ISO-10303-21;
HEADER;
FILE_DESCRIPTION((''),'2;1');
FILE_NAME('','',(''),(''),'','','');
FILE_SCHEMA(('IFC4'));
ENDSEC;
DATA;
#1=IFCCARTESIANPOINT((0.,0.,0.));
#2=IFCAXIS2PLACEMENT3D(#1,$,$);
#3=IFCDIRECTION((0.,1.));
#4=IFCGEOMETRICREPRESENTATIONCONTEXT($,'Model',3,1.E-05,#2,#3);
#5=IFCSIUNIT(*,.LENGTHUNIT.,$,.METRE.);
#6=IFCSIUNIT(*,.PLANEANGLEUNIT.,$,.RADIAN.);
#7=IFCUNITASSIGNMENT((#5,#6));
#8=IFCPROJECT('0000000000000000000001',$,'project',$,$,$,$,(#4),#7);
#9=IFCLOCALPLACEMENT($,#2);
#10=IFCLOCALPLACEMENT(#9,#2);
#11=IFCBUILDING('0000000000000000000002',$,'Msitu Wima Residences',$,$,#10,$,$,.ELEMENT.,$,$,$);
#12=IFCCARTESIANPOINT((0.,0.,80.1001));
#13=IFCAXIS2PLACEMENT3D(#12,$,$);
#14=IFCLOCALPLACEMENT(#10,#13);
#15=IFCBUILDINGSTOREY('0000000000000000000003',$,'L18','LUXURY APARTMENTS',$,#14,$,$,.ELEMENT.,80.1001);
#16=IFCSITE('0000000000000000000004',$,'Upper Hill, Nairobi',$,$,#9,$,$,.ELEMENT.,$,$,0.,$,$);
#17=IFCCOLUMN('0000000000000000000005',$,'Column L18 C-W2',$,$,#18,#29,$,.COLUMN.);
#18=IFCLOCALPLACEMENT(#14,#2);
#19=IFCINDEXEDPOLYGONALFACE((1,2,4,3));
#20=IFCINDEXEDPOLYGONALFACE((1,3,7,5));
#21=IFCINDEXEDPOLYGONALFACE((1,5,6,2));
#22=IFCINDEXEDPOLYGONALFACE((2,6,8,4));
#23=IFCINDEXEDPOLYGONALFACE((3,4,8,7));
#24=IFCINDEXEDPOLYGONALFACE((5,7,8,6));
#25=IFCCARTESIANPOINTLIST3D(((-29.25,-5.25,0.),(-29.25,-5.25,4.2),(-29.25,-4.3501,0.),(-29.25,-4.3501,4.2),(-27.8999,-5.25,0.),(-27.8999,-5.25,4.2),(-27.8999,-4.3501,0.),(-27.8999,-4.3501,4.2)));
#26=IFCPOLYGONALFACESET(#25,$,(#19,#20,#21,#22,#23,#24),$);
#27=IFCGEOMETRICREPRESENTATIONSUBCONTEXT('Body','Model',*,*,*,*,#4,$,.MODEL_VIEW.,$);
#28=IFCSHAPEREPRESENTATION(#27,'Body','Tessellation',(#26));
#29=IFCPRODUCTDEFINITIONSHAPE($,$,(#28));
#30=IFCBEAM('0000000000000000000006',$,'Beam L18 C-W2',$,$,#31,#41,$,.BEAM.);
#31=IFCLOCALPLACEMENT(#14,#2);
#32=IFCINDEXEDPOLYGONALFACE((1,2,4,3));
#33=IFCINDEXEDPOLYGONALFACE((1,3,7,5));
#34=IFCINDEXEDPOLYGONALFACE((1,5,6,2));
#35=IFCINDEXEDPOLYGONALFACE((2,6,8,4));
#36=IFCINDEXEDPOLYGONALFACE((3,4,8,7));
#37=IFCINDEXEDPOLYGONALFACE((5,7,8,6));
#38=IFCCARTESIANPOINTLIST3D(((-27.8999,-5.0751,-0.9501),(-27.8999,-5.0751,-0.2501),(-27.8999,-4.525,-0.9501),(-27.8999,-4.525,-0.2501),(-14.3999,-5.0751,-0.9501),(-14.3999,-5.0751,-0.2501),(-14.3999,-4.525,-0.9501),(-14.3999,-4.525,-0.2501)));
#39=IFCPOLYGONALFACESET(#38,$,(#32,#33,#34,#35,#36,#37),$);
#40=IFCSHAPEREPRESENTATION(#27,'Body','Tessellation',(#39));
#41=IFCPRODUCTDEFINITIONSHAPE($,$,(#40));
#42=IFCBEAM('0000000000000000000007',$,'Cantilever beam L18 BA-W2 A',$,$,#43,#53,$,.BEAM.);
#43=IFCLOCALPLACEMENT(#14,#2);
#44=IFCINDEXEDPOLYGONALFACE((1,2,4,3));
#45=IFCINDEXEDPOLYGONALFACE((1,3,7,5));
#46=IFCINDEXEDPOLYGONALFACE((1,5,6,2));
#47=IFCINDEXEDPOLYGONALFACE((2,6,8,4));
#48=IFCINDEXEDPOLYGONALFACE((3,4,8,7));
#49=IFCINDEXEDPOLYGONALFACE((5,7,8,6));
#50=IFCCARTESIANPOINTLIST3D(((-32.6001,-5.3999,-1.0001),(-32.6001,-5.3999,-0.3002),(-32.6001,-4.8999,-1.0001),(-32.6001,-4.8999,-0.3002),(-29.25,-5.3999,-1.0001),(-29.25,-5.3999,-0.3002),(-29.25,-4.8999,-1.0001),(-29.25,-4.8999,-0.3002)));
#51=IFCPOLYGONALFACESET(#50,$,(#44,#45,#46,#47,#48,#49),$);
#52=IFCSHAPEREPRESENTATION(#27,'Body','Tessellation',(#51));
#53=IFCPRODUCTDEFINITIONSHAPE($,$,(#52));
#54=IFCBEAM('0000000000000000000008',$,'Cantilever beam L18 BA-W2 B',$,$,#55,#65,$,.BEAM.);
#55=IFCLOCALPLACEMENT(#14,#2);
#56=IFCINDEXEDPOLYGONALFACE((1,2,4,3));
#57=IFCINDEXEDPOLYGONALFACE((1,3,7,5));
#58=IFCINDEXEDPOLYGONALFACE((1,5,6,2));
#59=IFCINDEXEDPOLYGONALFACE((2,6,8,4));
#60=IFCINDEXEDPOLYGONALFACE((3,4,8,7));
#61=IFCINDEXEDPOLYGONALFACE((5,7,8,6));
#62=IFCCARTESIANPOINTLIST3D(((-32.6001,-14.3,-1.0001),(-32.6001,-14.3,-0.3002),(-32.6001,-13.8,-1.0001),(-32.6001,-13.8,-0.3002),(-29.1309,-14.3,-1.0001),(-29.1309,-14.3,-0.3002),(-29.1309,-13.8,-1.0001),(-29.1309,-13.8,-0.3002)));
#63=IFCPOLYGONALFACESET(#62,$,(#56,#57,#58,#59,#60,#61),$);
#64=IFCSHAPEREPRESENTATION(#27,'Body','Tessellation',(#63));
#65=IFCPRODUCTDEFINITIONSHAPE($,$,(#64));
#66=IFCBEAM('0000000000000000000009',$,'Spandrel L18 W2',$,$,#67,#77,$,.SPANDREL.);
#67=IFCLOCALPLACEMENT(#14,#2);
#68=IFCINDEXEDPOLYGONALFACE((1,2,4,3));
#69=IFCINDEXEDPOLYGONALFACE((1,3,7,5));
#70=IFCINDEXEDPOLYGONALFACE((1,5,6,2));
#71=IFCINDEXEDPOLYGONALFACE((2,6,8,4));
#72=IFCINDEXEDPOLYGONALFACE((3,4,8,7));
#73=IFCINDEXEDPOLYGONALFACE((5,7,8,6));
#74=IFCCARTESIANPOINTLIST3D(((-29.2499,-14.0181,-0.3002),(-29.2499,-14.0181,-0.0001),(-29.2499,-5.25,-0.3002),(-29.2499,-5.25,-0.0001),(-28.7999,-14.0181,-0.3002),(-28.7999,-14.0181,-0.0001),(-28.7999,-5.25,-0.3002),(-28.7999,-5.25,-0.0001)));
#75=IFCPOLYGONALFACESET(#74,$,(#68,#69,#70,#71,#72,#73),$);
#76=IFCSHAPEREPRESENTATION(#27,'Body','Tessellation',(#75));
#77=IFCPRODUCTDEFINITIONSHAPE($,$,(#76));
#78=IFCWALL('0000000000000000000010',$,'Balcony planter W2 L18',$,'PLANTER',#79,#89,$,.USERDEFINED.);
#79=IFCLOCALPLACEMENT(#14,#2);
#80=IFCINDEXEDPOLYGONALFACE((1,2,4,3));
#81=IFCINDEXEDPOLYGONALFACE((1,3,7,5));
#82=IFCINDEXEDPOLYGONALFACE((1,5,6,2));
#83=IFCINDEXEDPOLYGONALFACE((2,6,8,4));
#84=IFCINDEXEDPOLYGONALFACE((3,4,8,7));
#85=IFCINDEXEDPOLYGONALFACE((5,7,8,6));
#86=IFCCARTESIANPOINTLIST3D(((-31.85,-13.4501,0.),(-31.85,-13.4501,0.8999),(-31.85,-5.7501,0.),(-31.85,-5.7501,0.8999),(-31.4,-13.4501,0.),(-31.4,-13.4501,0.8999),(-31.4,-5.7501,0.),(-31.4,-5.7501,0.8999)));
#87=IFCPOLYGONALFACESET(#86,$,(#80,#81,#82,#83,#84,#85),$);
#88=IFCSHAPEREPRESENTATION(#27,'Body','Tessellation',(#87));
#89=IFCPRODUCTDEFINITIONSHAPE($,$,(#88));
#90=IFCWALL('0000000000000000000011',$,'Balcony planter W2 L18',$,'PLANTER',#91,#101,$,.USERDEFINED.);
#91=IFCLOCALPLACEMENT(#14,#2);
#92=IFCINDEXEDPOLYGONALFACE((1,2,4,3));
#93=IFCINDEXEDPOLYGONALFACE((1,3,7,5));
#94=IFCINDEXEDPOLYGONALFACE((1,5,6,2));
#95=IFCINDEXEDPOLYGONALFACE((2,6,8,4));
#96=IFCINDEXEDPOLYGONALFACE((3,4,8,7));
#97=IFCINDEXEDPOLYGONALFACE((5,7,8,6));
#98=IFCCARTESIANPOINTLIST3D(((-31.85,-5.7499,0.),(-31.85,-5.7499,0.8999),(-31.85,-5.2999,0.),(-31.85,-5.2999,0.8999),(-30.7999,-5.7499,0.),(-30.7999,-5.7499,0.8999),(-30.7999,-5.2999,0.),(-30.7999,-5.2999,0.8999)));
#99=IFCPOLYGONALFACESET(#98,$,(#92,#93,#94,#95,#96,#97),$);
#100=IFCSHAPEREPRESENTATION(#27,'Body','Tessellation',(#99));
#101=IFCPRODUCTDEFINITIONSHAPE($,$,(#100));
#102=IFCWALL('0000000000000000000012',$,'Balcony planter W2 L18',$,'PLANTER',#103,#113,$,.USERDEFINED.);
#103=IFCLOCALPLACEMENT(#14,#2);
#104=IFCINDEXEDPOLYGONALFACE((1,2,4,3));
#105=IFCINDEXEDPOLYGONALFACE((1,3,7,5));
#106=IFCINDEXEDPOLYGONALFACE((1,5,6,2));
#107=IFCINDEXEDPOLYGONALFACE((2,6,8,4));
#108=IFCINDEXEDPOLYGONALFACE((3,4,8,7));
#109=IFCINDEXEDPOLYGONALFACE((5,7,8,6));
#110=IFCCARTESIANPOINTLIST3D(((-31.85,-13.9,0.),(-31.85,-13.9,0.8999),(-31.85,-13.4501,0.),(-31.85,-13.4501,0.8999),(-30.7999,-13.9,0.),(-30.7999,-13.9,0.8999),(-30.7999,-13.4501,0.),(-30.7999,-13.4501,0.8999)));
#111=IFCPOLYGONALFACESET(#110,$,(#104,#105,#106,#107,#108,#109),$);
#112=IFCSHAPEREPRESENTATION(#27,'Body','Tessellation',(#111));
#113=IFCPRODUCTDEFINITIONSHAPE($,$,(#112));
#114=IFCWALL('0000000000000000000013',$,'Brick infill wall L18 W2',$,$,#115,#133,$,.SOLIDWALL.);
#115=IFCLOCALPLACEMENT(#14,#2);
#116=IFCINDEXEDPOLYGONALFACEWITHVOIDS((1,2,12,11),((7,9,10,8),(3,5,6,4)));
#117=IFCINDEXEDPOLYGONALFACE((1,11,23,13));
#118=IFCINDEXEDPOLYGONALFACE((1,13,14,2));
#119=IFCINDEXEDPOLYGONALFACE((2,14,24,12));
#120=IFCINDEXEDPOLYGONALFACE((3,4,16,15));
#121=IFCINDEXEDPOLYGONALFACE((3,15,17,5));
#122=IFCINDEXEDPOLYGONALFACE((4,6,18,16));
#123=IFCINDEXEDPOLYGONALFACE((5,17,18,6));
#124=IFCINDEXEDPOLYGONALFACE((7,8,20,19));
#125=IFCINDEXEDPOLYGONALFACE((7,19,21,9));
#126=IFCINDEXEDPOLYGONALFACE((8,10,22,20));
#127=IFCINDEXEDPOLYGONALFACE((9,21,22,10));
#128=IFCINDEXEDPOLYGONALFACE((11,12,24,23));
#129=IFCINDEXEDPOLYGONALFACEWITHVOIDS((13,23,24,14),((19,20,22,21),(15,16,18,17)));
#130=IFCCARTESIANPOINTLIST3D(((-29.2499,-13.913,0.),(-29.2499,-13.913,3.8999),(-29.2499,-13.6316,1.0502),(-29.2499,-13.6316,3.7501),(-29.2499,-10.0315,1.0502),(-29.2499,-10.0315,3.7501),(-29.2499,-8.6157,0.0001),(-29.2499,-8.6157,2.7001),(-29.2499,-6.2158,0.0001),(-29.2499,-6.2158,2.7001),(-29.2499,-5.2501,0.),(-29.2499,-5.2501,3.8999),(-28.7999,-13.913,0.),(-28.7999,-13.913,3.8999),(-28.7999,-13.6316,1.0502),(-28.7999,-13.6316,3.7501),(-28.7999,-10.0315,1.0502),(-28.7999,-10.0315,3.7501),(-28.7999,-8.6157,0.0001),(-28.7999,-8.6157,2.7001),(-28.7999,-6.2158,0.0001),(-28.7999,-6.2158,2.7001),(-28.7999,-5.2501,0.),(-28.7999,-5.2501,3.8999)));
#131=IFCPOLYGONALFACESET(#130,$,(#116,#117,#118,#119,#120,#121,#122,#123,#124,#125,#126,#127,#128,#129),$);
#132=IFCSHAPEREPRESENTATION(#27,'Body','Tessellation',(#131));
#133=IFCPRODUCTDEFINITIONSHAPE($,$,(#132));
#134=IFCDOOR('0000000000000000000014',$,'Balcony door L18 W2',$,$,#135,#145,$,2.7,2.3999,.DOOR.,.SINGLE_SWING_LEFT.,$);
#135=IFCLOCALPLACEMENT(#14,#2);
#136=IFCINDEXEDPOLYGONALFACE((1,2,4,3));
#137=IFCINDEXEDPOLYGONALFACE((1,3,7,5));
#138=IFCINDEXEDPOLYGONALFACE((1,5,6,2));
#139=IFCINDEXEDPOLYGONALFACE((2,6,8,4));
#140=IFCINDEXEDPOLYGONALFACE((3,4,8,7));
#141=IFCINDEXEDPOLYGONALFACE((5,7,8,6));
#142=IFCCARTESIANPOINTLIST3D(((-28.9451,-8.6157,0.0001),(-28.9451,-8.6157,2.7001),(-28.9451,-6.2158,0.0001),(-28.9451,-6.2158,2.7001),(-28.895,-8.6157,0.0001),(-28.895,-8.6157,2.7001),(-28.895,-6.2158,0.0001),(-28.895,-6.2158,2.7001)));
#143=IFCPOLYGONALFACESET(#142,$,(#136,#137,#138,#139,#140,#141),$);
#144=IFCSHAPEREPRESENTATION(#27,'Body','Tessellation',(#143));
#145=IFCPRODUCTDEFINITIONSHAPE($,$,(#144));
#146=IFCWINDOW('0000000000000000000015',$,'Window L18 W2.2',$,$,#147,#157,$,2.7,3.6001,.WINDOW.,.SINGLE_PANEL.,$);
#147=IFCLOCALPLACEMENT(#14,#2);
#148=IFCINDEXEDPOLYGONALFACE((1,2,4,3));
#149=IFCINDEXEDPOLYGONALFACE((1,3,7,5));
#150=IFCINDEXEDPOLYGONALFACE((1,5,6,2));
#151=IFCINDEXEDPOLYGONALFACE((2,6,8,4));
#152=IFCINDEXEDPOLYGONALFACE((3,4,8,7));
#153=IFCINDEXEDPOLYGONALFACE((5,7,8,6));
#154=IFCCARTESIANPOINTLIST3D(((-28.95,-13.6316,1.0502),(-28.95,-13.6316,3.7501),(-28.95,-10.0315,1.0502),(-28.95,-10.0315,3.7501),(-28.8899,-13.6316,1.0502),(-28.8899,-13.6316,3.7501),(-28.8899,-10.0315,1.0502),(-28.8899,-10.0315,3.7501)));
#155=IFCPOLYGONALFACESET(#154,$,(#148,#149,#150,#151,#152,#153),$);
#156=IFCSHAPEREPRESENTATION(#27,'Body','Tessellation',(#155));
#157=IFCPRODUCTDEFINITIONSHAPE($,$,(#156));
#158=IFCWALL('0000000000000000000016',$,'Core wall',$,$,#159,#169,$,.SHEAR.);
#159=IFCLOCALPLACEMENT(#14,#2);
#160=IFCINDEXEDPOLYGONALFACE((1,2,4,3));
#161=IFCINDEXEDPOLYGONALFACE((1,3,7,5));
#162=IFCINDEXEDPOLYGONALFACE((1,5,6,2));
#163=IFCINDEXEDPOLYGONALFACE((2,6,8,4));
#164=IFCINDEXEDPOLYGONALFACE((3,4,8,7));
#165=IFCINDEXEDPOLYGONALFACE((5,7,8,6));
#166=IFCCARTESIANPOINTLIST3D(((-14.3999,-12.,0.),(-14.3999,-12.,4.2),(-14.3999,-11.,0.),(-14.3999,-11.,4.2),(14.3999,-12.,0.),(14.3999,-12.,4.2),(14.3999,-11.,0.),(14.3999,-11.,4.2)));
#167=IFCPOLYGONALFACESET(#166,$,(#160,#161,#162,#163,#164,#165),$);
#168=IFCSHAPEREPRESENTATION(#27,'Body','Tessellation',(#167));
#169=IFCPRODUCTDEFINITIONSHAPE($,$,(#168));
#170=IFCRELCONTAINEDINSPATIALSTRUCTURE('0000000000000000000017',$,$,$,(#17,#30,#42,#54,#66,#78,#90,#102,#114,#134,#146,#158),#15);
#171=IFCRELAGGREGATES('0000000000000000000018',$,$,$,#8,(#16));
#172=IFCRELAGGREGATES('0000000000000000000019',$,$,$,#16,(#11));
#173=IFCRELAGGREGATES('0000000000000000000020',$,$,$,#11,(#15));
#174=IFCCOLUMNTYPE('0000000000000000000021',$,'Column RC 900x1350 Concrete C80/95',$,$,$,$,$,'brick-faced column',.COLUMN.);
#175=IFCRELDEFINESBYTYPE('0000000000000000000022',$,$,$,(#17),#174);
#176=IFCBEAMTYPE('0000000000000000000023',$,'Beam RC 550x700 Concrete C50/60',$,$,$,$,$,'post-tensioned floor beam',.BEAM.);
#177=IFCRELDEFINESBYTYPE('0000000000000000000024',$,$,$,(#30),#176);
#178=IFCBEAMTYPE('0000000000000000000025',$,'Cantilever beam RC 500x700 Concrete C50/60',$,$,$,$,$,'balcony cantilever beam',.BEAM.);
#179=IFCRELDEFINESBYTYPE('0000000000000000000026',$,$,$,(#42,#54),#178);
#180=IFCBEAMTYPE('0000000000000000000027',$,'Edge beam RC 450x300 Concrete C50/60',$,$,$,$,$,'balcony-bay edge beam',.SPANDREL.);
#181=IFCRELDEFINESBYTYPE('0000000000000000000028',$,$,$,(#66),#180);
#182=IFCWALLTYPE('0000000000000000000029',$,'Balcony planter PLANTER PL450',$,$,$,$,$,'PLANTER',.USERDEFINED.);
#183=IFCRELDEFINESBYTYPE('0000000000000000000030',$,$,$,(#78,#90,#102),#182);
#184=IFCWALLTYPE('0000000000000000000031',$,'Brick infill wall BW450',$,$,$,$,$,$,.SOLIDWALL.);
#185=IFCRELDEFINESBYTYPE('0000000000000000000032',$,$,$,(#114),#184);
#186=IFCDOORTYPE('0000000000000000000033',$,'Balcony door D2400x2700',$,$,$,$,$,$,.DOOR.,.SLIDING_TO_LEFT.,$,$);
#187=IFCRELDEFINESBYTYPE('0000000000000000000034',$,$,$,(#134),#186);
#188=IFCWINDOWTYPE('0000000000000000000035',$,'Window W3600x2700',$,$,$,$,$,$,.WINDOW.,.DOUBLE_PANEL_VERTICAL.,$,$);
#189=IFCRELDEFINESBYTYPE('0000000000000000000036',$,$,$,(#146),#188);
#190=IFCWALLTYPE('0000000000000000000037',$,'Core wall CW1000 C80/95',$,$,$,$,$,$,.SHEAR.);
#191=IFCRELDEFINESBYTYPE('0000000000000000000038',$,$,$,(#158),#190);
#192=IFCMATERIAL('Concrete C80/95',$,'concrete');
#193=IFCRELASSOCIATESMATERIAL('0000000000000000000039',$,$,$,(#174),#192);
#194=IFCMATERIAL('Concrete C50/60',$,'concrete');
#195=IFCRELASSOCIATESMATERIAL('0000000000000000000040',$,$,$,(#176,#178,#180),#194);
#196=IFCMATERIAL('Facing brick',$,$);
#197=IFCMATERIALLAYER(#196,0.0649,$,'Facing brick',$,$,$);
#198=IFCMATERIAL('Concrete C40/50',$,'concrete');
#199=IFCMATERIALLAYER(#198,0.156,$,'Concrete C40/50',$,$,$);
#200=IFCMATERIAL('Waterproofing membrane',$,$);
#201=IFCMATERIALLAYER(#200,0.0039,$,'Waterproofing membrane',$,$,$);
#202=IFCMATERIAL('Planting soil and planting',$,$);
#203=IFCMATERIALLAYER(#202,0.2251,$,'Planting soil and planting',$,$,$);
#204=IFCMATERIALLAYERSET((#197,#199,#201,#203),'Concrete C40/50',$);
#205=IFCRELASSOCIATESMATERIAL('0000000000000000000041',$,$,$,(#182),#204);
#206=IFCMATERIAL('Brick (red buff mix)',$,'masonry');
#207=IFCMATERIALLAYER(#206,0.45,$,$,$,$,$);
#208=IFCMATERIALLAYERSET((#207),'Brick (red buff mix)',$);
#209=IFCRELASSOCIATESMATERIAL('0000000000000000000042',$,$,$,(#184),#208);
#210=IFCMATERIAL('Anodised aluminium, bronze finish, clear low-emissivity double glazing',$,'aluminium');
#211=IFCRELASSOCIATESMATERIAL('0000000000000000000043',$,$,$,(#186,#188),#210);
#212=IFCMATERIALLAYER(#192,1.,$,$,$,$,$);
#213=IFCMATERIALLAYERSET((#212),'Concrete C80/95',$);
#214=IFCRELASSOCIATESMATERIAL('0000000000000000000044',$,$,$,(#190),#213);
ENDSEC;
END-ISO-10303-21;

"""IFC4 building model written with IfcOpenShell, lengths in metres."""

from ifc_helpers import new_model, si_unit, direction, frame, frame_2d, origin, origin_2d, place, context, subcontext, project, spatial, rectangle, extrude, material, layer, layer_set, material_profile, profile_set, type_object, element, fill, save


model = new_model("IFC4")

# Units and contexts
model_context = context("Model", 3, precision=1e-05, world=origin(), true_north=direction((0.0, 1.0)))
body_context = subcontext(model_context, "Body", "Model", "MODEL_VIEW")
ifc_project = project(units=[si_unit("LENGTHUNIT", "METRE"), si_unit("PLANEANGLEUNIT", "RADIAN")], contexts=[model_context])

# Site, building, storey
site_placement = place(None, origin())
site = spatial("IfcSite", under=ifc_project, at=site_placement, Name="Upper Hill, Nairobi", CompositionType="ELEMENT", RefElevation=0.0)
building_placement = place(site_placement, origin())
building = spatial("IfcBuilding", under=site, at=building_placement, Name="Msitu Wima Residences", CompositionType="ELEMENT")
storey_placement = place(building_placement, frame((0.0, 0.0, 80.1001)))
storey = spatial("IfcBuildingStorey", under=building, at=storey_placement, Name="L18", Description="LUXURY APARTMENTS", CompositionType="ELEMENT", Elevation=80.1001)

# Column
ifc_material_1 = material(Name="Concrete C80/95", Category="concrete")
ifc_material_profile_1 = material_profile(ifc_material_1, rectangle(XDim=0.8999, YDim=1.3501, at=origin_2d()), Name="RC 900x1350")
ifc_profile_set_1 = profile_set([ifc_material_profile_1], Name="Concrete C80/95")
column_type = type_object("IfcColumnType", Name="Column RC 900x1350 Concrete C80/95", ElementType="brick-faced column", PredefinedType="COLUMN", material=ifc_profile_set_1)
column_placement = place(storey_placement, frame((-28.575, -4.8, 0.0), z_axis=(0.0, 0.0, 1.0), x_axis=(0.0, -1.0, 0.0)))
element("IfcColumn", 1, at=column_placement, inside=storey, type_object=column_type, Name="Column L18 C-W2", PredefinedType="COLUMN", context=body_context, shape_type="SweptSolid", body=[
    extrude(rectangle(XDim=0.8999, YDim=1.3501, at=origin_2d()), origin(), (0.0, 0.0, 1.0), 4.2),
])

# Beams
ifc_material_2 = material(Name="Concrete C50/60", Category="concrete")
ifc_material_profile_2 = material_profile(ifc_material_2, rectangle(XDim=0.55, YDim=0.7, at=origin_2d()), Name="RC 550x700")
ifc_profile_set_2 = profile_set([ifc_material_profile_2], Name="Concrete C50/60")
beam_type_1 = type_object("IfcBeamType", Name="Beam RC 550x700 Concrete C50/60", ElementType="post-tensioned floor beam", PredefinedType="BEAM", material=ifc_profile_set_2)
beam_1_placement = place(storey_placement, frame((-27.8999, -4.8, -0.6001), z_axis=(1.0, 0.0, 0.0), x_axis=(0.0, 1.0, 0.0)))
element("IfcBeam", 2, at=beam_1_placement, inside=storey, type_object=beam_type_1, Name="Beam L18 C-W2", PredefinedType="BEAM", context=body_context, shape_type="SweptSolid", body=[
    extrude(rectangle(XDim=0.55, YDim=0.7, at=origin_2d()), origin(), (0.0, 0.0, 1.0), 13.5),
])
ifc_material_profile_3 = material_profile(ifc_material_2, rectangle(XDim=0.5, YDim=0.7, at=origin_2d()), Name="RC 500x700")
ifc_profile_set_3 = profile_set([ifc_material_profile_3], Name="Concrete C50/60")
beam_type_2 = type_object("IfcBeamType", Name="Cantilever beam RC 500x700 Concrete C50/60", ElementType="balcony cantilever beam", PredefinedType="BEAM", material=ifc_profile_set_3)
beam_2_placement = place(storey_placement, frame((-29.25, -5.1499, -0.6501), z_axis=(-1.0, 0.0, 0.0), x_axis=(0.0, -1.0, 0.0)))
element("IfcBeam", 3, at=beam_2_placement, inside=storey, type_object=beam_type_2, Name="Cantilever beam L18 BA-W2 A", PredefinedType="BEAM", context=body_context, shape_type="SweptSolid", body=[
    extrude(rectangle(XDim=0.5, YDim=0.7, at=origin_2d()), origin(), (0.0, 0.0, 1.0), 3.3501),
])
beam_3_placement = place(storey_placement, frame((-29.1309, -14.05, -0.6501), z_axis=(-1.0, 0.0, 0.0), x_axis=(0.0, -1.0, 0.0)))
element("IfcBeam", 4, at=beam_3_placement, inside=storey, type_object=beam_type_2, Name="Cantilever beam L18 BA-W2 B", PredefinedType="BEAM", context=body_context, shape_type="SweptSolid", body=[
    extrude(rectangle(XDim=0.5, YDim=0.7, at=origin_2d()), origin(), (0.0, 0.0, 1.0), 3.4692),
])
ifc_material_profile_4 = material_profile(ifc_material_2, rectangle(XDim=0.45, YDim=0.3, at=origin_2d()), Name="RC 450x300")
ifc_profile_set_4 = profile_set([ifc_material_profile_4], Name="Concrete C50/60")
beam_type_3 = type_object("IfcBeamType", Name="Edge beam RC 450x300 Concrete C50/60", ElementType="balcony-bay edge beam", PredefinedType="SPANDREL", material=ifc_profile_set_4)
beam_4_placement = place(storey_placement, frame((-29.0249, -5.25, -0.1501), z_axis=(0.0, -1.0, 0.0), x_axis=(1.0, 0.0, 0.0)))
element("IfcBeam", 5, at=beam_4_placement, inside=storey, type_object=beam_type_3, Name="Spandrel L18 W2", PredefinedType="SPANDREL", context=body_context, shape_type="SweptSolid", body=[
    extrude(rectangle(XDim=0.45, YDim=0.3, at=origin_2d()), origin(), (0.0, 0.0, 1.0), 8.7681),
])

# Walls
ifc_material_3 = material(Name="Facing brick")
ifc_layer_1 = layer(ifc_material_3, 0.0649, Name="Facing brick")
ifc_material_4 = material(Name="Concrete C40/50", Category="concrete")
ifc_layer_2 = layer(ifc_material_4, 0.156, Name="Concrete C40/50")
ifc_material_5 = material(Name="Waterproofing membrane")
ifc_layer_3 = layer(ifc_material_5, 0.0039, Name="Waterproofing membrane")
ifc_material_6 = material(Name="Planting soil and planting")
ifc_layer_4 = layer(ifc_material_6, 0.2251, Name="Planting soil and planting")
ifc_layer_set_1 = layer_set([ifc_layer_1, ifc_layer_2, ifc_layer_3, ifc_layer_4], Name="Concrete C40/50")
wall_type_1 = type_object("IfcWallType", Name="Balcony planter PLANTER PL450", ElementType="PLANTER", PredefinedType="USERDEFINED", material=ifc_layer_set_1)
wall_1_placement = place(storey_placement, frame((-31.625, -5.75, 0.0), z_axis=(0.0, 0.0, 1.0), x_axis=(0.0, -1.0, 0.0)))
element("IfcWall", 6, at=wall_1_placement, inside=storey, type_object=wall_type_1, Name="Balcony planter W2 L18", ObjectType="PLANTER", PredefinedType="USERDEFINED", context=body_context, shape_type="SweptSolid", body=[
    extrude(rectangle(XDim=7.7, YDim=0.45, at=frame_2d((3.8501, 0.0))), origin(), (0.0, 0.0, 1.0), 0.8999),
])
for number, where, z_axis, x_axis, name in (
    (7, (-30.8, -5.5249, 0.0), (0.0, 0.0, 1.0), (-1.0, 0.0, 0.0), "Balcony planter W2 L18"),
    (8, (-30.8, -13.675, 0.0), (0.0, 0.0, 1.0), (-1.0, 0.0, 0.0), "Balcony planter W2 L18"),
):
    element("IfcWall", number, at=place(storey_placement, frame(where, z_axis=z_axis, x_axis=x_axis)), inside=storey, type_object=wall_type_1, Name=name, ObjectType="PLANTER", PredefinedType="USERDEFINED", context=body_context, shape_type="SweptSolid", body=[
        extrude(rectangle(XDim=1.05, YDim=0.45, at=frame_2d((0.5249, 0.0))), origin(), (0.0, 0.0, 1.0), 0.8999),
    ])

# Wall, openings, door, window
ifc_material_7 = material(Name="Brick (red buff mix)", Category="masonry")
ifc_layer_5 = layer(ifc_material_7, 0.45)
ifc_layer_set_2 = layer_set([ifc_layer_5], Name="Brick (red buff mix)")
wall_type_2 = type_object("IfcWallType", Name="Brick infill wall BW450", PredefinedType="SOLIDWALL", material=ifc_layer_set_2)
wall_2_placement = place(storey_placement, frame((-29.0249, -5.25, 0.0), z_axis=(0.0, 0.0, 1.0), x_axis=(0.0, -1.0, 0.0)))
wall_2 = element("IfcWall", 9, at=wall_2_placement, inside=storey, type_object=wall_type_2, Name="Brick infill wall L18 W2", PredefinedType="SOLIDWALL", context=body_context, shape_type="SweptSolid", body=[
    extrude(rectangle(XDim=8.6628, YDim=0.45, at=frame_2d((4.3315, 0.0))), origin(), (0.0, 0.0, 1.0), 3.8999),
])
opening_1_placement = place(wall_2_placement, frame((0.9658, 0.0, 0.0)))
opening_1 = element("IfcOpeningElement", 10, at=opening_1_placement, cuts=wall_2, PredefinedType="OPENING", context=body_context, shape_type="SweptSolid", body=[
    extrude(rectangle(XDim=2.3999, YDim=2.7, at=frame_2d((1.2, 1.3501))), frame((0.0, 0.2349, 0.0), z_axis=(0.0, -1.0, 0.0), x_axis=(1.0, 0.0, 0.0)), (0.0, 0.0, 1.0), 0.47),
])
opening_2_placement = place(wall_2_placement, frame((4.7815, 0.0, 1.05)))
opening_2 = element("IfcOpeningElement", 11, at=opening_2_placement, cuts=wall_2, PredefinedType="OPENING", context=body_context, shape_type="SweptSolid", body=[
    extrude(rectangle(XDim=3.6001, YDim=2.7, at=frame_2d((1.8, 1.3501))), frame((0.0, 0.2349, 0.0), z_axis=(0.0, -1.0, 0.0), x_axis=(1.0, 0.0, 0.0)), (0.0, 0.0, 1.0), 0.47),
])
ifc_material_8 = material(Name="Anodised aluminium, bronze finish, clear low-emissivity double glazing", Category="aluminium")
door_type_1 = type_object("IfcDoorType", Name="Balcony door D2400x2700", OperationType="SLIDING_TO_LEFT", PredefinedType="DOOR", material=ifc_material_8)
door_1_placement = place(opening_1_placement, origin())
door_1 = element("IfcDoor", 12, at=door_1_placement, inside=storey, type_object=door_type_1, Name="Balcony door L18 W2", OperationType="SINGLE_SWING_LEFT", OverallHeight=2.7, OverallWidth=2.3999, PredefinedType="DOOR", context=body_context, shape_type="SweptSolid", body=[
    extrude(rectangle(XDim=2.3999, YDim=2.7, at=frame_2d((1.2, 1.3501))), frame((0.0, 0.1299, 0.0), z_axis=(0.0, -1.0, 0.0), x_axis=(1.0, 0.0, 0.0)), (0.0, 0.0, 1.0), 0.05),
])
fill(opening_1, door_1)
window_type = type_object("IfcWindowType", Name="Window W3600x2700", PartitioningType="DOUBLE_PANEL_VERTICAL", PredefinedType="WINDOW", material=ifc_material_8)
window_placement = place(opening_2_placement, origin())
window = element("IfcWindow", 13, at=window_placement, inside=storey, type_object=window_type, Name="Window L18 W2.2", OverallHeight=2.7, OverallWidth=3.6001, PartitioningType="SINGLE_PANEL", PredefinedType="WINDOW", context=body_context, shape_type="SweptSolid", body=[
    extrude(rectangle(XDim=3.6001, YDim=2.7, at=frame_2d((1.8, 1.3501))), frame((0.0, 0.135, 0.0), z_axis=(0.0, -1.0, 0.0), x_axis=(1.0, 0.0, 0.0)), (0.0, 0.0, 1.0), 0.0601),
])
fill(opening_2, window)

# Wall
ifc_layer_6 = layer(ifc_material_1, 1.0)
ifc_layer_set_3 = layer_set([ifc_layer_6], Name="Concrete C80/95")
wall_type_3 = type_object("IfcWallType", Name="Core wall CW1000 C80/95", PredefinedType="SHEAR", material=ifc_layer_set_3)
wall_3_placement = place(storey_placement, frame((-14.3999, -11.5, 0.0), z_axis=(0.0, 0.0, 1.0), x_axis=(1.0, 0.0, 0.0)))
element("IfcWall", 14, at=wall_3_placement, inside=storey, type_object=wall_type_3, Name="Core wall", PredefinedType="SHEAR", context=body_context, shape_type="SweptSolid", body=[
    extrude(rectangle(XDim=28.7998, YDim=1.0, at=frame_2d((14.3999, 0.0))), origin(), (0.0, 0.0, 1.0), 4.2),
])

save(model, "model.ifc")
